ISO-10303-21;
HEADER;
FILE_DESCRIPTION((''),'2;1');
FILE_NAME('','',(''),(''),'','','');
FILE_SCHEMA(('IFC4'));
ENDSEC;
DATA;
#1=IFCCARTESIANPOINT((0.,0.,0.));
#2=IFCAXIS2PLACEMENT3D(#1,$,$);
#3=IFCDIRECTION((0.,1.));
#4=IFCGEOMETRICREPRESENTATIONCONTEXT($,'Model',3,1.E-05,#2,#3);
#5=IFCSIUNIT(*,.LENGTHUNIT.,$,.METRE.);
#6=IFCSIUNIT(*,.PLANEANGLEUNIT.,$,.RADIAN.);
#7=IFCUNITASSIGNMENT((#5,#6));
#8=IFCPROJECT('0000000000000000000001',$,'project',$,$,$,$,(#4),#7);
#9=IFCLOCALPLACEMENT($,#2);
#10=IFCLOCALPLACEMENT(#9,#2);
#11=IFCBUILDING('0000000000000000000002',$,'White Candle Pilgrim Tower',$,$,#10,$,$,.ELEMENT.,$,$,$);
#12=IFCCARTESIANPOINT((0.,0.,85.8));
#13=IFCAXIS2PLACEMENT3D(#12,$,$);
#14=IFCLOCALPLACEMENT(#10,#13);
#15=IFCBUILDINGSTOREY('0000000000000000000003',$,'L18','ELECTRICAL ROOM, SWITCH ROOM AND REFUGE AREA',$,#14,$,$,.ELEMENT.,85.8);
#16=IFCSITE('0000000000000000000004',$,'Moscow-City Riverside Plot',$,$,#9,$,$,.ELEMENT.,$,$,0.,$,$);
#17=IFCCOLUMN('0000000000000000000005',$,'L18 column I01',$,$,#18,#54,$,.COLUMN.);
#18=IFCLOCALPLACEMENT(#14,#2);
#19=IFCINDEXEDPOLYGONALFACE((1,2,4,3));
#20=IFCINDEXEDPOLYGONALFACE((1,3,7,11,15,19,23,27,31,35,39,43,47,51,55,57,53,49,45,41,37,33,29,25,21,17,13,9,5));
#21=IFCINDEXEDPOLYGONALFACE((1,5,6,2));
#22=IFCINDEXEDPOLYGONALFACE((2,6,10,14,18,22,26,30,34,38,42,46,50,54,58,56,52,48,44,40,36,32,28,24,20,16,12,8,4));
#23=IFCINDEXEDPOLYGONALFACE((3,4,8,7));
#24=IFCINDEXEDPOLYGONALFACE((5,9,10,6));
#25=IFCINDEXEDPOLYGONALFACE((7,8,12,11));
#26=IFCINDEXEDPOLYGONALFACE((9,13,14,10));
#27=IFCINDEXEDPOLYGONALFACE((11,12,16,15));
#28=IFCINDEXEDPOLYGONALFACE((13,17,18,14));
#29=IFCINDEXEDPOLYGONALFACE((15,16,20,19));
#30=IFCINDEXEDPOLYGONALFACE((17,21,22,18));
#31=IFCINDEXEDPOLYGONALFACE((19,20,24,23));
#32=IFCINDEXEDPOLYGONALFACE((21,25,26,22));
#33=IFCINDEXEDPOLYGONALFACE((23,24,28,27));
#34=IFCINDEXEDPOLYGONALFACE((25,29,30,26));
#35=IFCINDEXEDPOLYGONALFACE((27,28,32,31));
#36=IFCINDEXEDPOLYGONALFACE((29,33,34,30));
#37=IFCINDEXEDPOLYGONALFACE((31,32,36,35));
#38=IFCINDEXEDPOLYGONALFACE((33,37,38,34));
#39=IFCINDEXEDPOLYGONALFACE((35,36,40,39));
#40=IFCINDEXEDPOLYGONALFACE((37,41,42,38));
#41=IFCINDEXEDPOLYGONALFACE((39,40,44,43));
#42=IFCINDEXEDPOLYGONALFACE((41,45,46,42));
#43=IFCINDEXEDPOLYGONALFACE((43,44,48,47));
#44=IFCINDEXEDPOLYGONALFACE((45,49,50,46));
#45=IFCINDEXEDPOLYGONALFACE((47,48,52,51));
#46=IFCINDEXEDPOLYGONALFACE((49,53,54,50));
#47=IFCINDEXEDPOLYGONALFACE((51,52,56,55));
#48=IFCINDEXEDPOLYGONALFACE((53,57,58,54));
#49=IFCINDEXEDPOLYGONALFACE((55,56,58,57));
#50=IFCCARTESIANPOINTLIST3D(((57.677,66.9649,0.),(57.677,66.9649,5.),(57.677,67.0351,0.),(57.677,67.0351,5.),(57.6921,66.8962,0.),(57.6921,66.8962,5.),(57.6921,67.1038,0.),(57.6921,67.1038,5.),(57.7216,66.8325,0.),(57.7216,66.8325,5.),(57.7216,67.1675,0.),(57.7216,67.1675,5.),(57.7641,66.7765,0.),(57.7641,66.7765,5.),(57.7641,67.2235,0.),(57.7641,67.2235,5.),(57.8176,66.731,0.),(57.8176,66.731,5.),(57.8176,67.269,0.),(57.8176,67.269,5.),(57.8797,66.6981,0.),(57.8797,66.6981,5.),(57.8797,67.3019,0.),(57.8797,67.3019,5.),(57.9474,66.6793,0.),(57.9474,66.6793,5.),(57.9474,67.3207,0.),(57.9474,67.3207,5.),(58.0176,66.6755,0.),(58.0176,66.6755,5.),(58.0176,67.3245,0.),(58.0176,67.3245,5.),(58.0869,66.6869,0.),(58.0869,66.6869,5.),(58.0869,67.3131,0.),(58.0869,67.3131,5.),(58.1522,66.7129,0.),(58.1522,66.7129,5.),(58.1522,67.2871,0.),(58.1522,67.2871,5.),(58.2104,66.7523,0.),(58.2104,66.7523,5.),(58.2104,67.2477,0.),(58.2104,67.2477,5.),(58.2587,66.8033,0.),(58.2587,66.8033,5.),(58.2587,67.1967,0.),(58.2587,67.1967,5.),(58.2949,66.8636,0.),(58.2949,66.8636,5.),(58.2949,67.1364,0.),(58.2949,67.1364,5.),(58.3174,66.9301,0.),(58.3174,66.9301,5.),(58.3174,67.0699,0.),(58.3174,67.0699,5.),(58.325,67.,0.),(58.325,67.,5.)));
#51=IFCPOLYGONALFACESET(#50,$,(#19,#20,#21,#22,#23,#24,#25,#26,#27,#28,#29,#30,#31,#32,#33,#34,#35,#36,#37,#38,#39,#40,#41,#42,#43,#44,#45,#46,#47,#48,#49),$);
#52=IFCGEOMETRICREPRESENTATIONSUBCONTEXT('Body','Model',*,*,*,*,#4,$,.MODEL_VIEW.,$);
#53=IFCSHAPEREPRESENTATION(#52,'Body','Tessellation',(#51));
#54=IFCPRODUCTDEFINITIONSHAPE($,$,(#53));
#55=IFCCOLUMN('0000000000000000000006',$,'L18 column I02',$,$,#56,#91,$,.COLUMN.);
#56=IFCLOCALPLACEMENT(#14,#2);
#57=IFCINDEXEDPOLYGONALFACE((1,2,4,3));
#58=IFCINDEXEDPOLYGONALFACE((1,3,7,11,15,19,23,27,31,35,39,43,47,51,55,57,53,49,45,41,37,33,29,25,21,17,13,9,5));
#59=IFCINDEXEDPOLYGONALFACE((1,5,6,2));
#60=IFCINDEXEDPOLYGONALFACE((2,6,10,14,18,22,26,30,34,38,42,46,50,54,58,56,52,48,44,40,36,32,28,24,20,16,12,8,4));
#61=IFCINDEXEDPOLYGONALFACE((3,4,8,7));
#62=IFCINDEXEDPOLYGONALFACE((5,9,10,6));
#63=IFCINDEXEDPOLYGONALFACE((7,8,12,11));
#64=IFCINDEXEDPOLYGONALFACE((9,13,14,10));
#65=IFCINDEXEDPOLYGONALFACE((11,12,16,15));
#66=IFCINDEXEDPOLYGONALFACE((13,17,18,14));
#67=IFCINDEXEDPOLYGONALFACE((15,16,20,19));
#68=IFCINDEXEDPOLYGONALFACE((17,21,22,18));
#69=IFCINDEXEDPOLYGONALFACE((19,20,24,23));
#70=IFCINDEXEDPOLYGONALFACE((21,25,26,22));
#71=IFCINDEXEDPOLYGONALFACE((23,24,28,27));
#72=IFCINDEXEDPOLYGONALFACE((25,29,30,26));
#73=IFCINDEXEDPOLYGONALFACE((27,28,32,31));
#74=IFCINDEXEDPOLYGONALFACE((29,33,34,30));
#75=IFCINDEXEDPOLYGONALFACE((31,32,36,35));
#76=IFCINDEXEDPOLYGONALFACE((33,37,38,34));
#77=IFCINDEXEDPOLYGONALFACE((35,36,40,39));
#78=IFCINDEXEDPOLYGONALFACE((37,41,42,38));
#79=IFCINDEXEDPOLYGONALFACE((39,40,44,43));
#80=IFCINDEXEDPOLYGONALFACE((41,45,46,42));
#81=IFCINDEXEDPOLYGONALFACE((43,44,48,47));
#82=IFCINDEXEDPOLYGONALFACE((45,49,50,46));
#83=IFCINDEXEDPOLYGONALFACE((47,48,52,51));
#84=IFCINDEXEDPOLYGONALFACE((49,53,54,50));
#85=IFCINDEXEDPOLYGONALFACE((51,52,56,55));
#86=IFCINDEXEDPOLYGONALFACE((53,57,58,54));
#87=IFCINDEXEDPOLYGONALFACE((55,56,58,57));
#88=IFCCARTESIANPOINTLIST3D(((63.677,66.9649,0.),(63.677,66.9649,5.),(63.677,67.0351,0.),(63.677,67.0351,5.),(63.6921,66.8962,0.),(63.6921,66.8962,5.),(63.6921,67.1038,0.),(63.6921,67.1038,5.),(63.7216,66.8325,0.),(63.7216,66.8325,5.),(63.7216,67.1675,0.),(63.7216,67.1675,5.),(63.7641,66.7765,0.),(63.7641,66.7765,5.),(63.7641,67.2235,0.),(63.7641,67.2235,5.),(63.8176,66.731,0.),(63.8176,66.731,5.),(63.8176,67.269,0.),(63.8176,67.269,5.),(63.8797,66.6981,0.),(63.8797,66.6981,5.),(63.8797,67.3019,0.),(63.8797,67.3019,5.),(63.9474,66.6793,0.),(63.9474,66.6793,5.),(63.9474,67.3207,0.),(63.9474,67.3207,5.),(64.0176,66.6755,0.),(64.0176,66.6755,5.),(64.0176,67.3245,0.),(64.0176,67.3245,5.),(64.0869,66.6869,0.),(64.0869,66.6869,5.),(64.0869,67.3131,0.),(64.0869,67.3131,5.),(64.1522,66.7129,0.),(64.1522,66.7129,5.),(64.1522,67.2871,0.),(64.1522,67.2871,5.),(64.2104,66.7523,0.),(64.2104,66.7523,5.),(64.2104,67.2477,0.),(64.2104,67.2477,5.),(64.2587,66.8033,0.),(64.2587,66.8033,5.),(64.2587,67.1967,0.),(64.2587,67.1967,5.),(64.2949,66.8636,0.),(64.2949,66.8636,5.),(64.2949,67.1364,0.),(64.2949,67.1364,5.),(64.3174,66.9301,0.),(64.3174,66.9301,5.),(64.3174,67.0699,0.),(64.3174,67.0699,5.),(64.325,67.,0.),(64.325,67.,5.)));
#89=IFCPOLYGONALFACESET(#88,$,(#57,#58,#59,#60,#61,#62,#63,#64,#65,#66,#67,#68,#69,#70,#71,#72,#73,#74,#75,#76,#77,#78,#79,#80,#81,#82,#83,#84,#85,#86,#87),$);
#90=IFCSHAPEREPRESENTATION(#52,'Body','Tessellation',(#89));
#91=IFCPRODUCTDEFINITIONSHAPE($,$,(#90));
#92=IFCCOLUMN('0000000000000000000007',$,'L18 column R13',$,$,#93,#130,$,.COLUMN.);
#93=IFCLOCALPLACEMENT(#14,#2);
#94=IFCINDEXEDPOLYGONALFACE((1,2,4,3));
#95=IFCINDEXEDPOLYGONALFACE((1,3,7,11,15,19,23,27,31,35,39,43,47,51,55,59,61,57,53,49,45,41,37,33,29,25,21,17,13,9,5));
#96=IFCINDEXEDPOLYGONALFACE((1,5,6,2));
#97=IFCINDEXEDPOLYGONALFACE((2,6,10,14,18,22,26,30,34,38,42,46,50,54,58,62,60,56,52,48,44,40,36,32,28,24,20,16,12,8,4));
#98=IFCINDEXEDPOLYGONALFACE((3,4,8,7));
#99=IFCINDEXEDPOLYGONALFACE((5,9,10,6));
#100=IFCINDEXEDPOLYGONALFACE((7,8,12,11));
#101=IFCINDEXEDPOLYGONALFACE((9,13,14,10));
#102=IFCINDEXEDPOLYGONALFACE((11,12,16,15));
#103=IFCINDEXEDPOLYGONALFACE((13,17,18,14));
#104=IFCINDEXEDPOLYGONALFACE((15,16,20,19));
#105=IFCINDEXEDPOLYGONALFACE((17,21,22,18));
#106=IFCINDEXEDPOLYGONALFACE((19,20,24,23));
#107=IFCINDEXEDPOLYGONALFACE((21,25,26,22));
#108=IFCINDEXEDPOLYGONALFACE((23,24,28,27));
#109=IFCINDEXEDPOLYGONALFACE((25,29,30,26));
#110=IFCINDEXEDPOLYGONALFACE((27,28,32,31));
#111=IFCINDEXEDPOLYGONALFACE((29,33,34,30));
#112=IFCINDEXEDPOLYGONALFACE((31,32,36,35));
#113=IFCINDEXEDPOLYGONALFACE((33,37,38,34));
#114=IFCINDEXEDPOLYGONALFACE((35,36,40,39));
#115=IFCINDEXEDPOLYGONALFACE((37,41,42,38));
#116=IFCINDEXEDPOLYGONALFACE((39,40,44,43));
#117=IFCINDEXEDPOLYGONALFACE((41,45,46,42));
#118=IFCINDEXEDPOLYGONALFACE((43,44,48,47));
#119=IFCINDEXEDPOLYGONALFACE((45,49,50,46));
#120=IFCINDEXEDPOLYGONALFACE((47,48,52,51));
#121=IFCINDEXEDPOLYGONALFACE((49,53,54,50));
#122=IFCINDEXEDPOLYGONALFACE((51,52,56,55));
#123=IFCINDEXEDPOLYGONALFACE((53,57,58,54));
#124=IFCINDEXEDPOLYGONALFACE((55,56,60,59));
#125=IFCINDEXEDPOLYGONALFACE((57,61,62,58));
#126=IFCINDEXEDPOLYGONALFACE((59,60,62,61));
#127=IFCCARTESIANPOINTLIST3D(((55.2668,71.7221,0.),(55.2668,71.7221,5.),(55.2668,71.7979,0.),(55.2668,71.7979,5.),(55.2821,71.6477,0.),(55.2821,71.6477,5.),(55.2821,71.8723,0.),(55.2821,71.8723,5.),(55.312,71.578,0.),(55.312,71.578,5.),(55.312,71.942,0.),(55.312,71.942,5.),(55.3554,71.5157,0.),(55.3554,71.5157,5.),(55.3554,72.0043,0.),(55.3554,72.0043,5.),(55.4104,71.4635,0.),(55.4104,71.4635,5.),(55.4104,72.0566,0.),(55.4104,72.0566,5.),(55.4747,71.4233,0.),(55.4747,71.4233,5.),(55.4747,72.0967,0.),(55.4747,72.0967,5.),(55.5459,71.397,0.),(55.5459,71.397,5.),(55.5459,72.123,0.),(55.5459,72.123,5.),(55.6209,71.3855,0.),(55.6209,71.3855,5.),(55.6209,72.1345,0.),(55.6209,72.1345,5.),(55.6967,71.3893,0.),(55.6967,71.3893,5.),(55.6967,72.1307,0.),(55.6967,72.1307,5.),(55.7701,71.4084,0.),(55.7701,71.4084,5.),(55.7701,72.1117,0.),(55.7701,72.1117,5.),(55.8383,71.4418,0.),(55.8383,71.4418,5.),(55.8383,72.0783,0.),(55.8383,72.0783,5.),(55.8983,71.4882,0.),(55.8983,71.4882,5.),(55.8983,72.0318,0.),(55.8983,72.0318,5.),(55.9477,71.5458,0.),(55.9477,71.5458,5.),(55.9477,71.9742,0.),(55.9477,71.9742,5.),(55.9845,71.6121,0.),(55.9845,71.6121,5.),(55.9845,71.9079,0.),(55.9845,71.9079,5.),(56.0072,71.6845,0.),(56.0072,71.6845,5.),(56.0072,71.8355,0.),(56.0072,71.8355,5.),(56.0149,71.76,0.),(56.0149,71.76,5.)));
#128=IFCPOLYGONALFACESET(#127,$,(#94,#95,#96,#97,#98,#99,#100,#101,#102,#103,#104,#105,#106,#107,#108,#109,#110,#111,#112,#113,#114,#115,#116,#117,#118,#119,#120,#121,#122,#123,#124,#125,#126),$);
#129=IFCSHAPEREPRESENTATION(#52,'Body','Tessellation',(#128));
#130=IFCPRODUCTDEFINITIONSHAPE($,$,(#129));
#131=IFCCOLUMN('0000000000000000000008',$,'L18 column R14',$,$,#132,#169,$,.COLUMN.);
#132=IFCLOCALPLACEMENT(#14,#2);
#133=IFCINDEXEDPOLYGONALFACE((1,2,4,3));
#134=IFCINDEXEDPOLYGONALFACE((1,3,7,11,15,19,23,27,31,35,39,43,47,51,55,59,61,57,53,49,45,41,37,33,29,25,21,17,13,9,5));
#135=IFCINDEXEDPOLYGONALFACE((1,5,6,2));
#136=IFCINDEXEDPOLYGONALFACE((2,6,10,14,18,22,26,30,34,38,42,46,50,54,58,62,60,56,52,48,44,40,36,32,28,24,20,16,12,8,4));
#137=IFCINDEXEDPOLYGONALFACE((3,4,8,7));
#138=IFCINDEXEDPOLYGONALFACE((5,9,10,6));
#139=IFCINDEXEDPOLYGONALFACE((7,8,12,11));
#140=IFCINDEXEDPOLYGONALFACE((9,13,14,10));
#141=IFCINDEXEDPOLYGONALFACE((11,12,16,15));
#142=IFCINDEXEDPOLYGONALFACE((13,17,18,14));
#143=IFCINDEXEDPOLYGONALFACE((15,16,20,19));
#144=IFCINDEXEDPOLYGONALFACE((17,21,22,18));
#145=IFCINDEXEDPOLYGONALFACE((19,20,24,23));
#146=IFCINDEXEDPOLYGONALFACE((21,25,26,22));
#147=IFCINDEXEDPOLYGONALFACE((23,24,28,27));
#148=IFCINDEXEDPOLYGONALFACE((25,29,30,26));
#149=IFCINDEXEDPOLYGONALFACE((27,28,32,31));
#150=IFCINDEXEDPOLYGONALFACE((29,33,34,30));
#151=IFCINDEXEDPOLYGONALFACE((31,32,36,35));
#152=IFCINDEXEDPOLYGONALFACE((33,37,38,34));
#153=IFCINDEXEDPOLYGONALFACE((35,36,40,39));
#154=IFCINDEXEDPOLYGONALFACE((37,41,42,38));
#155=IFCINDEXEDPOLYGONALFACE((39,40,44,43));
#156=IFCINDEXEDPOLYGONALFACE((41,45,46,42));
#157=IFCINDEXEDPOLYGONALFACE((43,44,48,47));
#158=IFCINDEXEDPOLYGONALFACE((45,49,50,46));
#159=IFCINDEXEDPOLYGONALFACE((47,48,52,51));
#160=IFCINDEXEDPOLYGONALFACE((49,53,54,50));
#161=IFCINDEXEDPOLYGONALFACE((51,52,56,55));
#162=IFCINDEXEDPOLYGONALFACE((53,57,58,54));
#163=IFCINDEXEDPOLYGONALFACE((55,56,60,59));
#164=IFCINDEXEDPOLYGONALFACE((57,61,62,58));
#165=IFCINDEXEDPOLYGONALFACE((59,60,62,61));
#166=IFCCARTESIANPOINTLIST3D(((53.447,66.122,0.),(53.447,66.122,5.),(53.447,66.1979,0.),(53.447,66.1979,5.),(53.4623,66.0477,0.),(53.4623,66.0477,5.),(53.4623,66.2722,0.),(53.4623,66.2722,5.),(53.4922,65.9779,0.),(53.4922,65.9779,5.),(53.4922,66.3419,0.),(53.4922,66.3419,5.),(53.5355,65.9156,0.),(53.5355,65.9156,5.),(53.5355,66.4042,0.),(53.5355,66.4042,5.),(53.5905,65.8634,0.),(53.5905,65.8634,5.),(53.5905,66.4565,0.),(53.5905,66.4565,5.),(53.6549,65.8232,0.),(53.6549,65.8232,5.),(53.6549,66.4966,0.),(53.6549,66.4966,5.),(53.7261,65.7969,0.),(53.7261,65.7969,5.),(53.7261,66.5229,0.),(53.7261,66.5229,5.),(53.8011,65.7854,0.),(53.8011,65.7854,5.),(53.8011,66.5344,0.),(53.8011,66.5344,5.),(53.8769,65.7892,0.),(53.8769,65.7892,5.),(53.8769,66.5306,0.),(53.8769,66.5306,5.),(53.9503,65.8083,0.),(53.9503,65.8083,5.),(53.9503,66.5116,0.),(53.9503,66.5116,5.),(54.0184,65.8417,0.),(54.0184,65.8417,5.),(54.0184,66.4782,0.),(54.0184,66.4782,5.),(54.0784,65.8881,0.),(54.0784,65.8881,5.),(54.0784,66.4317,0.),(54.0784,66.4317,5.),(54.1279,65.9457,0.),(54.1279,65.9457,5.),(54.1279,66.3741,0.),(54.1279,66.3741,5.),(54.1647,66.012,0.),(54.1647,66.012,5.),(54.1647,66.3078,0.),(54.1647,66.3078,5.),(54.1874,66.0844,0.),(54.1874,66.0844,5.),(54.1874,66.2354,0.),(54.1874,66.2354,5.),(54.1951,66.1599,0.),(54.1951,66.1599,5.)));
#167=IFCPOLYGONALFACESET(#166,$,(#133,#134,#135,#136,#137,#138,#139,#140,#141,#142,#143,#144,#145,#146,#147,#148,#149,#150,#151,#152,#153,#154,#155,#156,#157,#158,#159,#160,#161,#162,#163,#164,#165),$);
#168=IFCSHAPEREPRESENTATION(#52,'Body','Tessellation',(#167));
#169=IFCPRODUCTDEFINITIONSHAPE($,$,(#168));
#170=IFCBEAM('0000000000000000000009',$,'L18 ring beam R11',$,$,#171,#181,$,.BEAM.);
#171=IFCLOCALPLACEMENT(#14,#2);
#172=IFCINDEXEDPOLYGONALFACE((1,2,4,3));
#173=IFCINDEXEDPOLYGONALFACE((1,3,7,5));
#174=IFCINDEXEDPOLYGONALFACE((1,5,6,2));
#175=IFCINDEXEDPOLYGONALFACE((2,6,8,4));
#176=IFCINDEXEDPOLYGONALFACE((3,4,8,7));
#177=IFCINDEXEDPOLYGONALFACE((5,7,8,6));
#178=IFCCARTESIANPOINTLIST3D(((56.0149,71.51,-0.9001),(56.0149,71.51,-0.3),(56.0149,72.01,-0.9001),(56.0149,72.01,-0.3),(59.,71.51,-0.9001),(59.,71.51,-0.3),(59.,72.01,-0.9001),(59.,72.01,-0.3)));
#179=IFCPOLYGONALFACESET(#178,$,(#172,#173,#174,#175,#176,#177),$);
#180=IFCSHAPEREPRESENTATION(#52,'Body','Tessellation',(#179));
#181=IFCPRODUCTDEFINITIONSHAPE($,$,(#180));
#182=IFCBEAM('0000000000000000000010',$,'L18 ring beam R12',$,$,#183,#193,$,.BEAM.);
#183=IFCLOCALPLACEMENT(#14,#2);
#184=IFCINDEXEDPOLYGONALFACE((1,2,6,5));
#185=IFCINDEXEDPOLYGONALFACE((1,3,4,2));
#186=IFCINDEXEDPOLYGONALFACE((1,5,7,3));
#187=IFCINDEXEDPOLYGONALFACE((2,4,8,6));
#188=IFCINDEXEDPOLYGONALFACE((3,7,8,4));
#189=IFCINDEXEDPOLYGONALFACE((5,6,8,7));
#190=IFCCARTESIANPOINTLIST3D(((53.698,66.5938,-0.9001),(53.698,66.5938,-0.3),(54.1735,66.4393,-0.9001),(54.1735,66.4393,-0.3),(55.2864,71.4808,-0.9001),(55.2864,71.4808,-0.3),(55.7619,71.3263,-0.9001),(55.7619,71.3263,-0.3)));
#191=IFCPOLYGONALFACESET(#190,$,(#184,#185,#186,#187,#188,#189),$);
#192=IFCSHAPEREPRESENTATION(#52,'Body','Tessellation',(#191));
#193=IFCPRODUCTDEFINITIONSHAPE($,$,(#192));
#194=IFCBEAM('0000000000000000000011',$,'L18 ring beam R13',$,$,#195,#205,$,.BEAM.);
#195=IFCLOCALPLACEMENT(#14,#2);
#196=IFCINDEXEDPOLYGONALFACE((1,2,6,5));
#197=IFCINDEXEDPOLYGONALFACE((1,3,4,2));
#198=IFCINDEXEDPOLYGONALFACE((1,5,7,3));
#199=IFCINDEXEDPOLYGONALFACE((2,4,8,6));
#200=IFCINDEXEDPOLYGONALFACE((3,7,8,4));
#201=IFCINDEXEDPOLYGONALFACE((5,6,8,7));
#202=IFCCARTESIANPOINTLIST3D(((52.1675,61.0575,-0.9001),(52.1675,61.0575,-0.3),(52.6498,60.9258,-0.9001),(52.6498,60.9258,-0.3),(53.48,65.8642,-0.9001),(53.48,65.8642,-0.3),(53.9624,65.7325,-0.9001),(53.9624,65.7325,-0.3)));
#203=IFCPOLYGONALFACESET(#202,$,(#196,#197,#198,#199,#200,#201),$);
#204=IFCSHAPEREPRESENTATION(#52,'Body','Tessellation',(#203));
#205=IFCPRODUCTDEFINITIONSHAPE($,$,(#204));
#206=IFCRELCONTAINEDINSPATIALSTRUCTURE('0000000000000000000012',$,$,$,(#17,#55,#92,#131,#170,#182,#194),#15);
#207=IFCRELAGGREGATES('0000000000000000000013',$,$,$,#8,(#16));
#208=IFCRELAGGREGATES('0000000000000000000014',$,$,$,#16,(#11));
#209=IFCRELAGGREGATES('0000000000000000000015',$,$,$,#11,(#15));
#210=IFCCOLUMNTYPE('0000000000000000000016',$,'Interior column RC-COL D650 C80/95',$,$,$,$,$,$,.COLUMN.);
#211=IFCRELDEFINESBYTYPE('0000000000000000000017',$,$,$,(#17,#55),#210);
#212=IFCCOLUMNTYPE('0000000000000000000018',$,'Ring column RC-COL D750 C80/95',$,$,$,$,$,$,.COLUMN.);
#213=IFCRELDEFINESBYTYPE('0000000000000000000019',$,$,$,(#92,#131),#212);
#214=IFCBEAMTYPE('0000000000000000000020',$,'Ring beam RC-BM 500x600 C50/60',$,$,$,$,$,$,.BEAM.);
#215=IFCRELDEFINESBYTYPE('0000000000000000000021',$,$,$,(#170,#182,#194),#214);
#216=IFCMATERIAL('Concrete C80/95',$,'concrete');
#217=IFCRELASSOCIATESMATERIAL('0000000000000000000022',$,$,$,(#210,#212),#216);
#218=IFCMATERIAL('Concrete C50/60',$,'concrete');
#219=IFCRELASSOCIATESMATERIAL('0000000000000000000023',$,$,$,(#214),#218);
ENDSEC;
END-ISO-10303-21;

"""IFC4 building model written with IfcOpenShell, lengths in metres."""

from ifc_helpers import new_model, si_unit, direction, frame, origin, origin_2d, place, context, subcontext, project, spatial, rectangle, circle, extrude, material, material_profile, profile_set, type_object, element, save


model = new_model("IFC4")

# Units and contexts
model_context = context("Model", 3, precision=1e-05, world=origin(), true_north=direction((0.0, 1.0)))
body_context = subcontext(model_context, "Body", "Model", "MODEL_VIEW")
ifc_project = project(units=[si_unit("LENGTHUNIT", "METRE"), si_unit("PLANEANGLEUNIT", "RADIAN")], contexts=[model_context])

# Site, building, storey
site_placement = place(None, origin())
site = spatial("IfcSite", under=ifc_project, at=site_placement, Name="Moscow-City Riverside Plot", CompositionType="ELEMENT", RefElevation=0.0)
building_placement = place(site_placement, origin())
building = spatial("IfcBuilding", under=site, at=building_placement, Name="White Candle Pilgrim Tower", CompositionType="ELEMENT")
storey_placement = place(building_placement, frame((0.0, 0.0, 85.8)))
storey = spatial("IfcBuildingStorey", under=building, at=storey_placement, Name="L18", Description="ELECTRICAL ROOM, SWITCH ROOM AND REFUGE AREA", CompositionType="ELEMENT", Elevation=85.8)

# Columns
ifc_material_1 = material(Name="Concrete C80/95", Category="concrete")
ifc_material_profile_1 = material_profile(ifc_material_1, circle(Radius=0.325, at=origin_2d()), Name="RC-COL D650")
ifc_profile_set_1 = profile_set([ifc_material_profile_1], Name="Concrete C80/95")
column_type_1 = type_object("IfcColumnType", Name="Interior column RC-COL D650 C80/95", PredefinedType="COLUMN", material=ifc_profile_set_1)
for number, where, z_axis, x_axis, name in (
    (1, (58.0, 67.0, 0.0), (0.0, 0.0, 1.0), (1.0, 0.0, 0.0), "L18 column I01"),
    (2, (64.0, 67.0, 0.0), (0.0, 0.0, 1.0), (1.0, 0.0, 0.0), "L18 column I02"),
):
    element("IfcColumn", number, at=place(storey_placement, frame(where, z_axis=z_axis, x_axis=x_axis)), inside=storey, type_object=column_type_1, Name=name, PredefinedType="COLUMN", context=body_context, shape_type="SweptSolid", body=[
        extrude(circle(Radius=0.325, at=origin_2d()), origin(), (0.0, 0.0, 1.0), 5.0),
    ])
ifc_material_profile_2 = material_profile(ifc_material_1, circle(Radius=0.375, at=origin_2d()), Name="RC-COL D750")
ifc_profile_set_2 = profile_set([ifc_material_profile_2], Name="Concrete C80/95")
column_type_2 = type_object("IfcColumnType", Name="Ring column RC-COL D750 C80/95", PredefinedType="COLUMN", material=ifc_profile_set_2)
for number, where, z_axis, x_axis, name in (
    (3, (55.6399, 71.76, 0.0), (0.0, 0.0, 1.0), (1.0, 0.0, 0.0), "L18 column R13"),
    (4, (53.8201, 66.1599, 0.0), (0.0, 0.0, 1.0), (1.0, 0.0, 0.0), "L18 column R14"),
):
    element("IfcColumn", number, at=place(storey_placement, frame(where, z_axis=z_axis, x_axis=x_axis)), inside=storey, type_object=column_type_2, Name=name, PredefinedType="COLUMN", context=body_context, shape_type="SweptSolid", body=[
        extrude(circle(Radius=0.375, at=origin_2d()), origin(), (0.0, 0.0, 1.0), 5.0),
    ])

# Beams
ifc_material_2 = material(Name="Concrete C50/60", Category="concrete")
ifc_material_profile_3 = material_profile(ifc_material_2, rectangle(XDim=0.5, YDim=0.6001, at=origin_2d()), Name="RC-BM 500x600")
ifc_profile_set_3 = profile_set([ifc_material_profile_3], Name="Concrete C50/60")
beam_type = type_object("IfcBeamType", Name="Ring beam RC-BM 500x600 C50/60", PredefinedType="BEAM", material=ifc_profile_set_3)
beam_1_placement = place(storey_placement, frame((56.0149, 71.76, -0.6001), z_axis=(1.0, 0.0, 0.0), x_axis=(0.0, 1.0, 0.0)))
element("IfcBeam", 5, at=beam_1_placement, inside=storey, type_object=beam_type, Name="L18 ring beam R11", PredefinedType="BEAM", context=body_context, shape_type="SweptSolid", body=[
    extrude(rectangle(XDim=0.5, YDim=0.6001, at=origin_2d()), origin(), (0.0, 0.0, 1.0), 2.9851),
])
beam_2_placement = place(storey_placement, frame((55.5242, 71.4036, -0.6001), z_axis=(-0.309106, -0.951027, 0.0), x_axis=(0.951027, -0.309106, 0.0)))
element("IfcBeam", 6, at=beam_2_placement, inside=storey, type_object=beam_type, Name="L18 ring beam R12", PredefinedType="BEAM", context=body_context, shape_type="SweptSolid", body=[
    extrude(rectangle(XDim=0.5, YDim=0.6001, at=origin_2d()), origin(), (0.0, 0.0, 1.0), 5.1387),
])
beam_3_placement = place(storey_placement, frame((53.7212, 65.7983, -0.6001), z_axis=(-0.263416, -0.964682, 0.0), x_axis=(0.964682, -0.263416, 0.0)))
element("IfcBeam", 7, at=beam_3_placement, inside=storey, type_object=beam_type, Name="L18 ring beam R13", PredefinedType="BEAM", context=body_context, shape_type="SweptSolid", body=[
    extrude(rectangle(XDim=0.5, YDim=0.6001, at=origin_2d()), origin(), (0.0, 0.0, 1.0), 4.9827),
])

save(model, "model.ifc")
